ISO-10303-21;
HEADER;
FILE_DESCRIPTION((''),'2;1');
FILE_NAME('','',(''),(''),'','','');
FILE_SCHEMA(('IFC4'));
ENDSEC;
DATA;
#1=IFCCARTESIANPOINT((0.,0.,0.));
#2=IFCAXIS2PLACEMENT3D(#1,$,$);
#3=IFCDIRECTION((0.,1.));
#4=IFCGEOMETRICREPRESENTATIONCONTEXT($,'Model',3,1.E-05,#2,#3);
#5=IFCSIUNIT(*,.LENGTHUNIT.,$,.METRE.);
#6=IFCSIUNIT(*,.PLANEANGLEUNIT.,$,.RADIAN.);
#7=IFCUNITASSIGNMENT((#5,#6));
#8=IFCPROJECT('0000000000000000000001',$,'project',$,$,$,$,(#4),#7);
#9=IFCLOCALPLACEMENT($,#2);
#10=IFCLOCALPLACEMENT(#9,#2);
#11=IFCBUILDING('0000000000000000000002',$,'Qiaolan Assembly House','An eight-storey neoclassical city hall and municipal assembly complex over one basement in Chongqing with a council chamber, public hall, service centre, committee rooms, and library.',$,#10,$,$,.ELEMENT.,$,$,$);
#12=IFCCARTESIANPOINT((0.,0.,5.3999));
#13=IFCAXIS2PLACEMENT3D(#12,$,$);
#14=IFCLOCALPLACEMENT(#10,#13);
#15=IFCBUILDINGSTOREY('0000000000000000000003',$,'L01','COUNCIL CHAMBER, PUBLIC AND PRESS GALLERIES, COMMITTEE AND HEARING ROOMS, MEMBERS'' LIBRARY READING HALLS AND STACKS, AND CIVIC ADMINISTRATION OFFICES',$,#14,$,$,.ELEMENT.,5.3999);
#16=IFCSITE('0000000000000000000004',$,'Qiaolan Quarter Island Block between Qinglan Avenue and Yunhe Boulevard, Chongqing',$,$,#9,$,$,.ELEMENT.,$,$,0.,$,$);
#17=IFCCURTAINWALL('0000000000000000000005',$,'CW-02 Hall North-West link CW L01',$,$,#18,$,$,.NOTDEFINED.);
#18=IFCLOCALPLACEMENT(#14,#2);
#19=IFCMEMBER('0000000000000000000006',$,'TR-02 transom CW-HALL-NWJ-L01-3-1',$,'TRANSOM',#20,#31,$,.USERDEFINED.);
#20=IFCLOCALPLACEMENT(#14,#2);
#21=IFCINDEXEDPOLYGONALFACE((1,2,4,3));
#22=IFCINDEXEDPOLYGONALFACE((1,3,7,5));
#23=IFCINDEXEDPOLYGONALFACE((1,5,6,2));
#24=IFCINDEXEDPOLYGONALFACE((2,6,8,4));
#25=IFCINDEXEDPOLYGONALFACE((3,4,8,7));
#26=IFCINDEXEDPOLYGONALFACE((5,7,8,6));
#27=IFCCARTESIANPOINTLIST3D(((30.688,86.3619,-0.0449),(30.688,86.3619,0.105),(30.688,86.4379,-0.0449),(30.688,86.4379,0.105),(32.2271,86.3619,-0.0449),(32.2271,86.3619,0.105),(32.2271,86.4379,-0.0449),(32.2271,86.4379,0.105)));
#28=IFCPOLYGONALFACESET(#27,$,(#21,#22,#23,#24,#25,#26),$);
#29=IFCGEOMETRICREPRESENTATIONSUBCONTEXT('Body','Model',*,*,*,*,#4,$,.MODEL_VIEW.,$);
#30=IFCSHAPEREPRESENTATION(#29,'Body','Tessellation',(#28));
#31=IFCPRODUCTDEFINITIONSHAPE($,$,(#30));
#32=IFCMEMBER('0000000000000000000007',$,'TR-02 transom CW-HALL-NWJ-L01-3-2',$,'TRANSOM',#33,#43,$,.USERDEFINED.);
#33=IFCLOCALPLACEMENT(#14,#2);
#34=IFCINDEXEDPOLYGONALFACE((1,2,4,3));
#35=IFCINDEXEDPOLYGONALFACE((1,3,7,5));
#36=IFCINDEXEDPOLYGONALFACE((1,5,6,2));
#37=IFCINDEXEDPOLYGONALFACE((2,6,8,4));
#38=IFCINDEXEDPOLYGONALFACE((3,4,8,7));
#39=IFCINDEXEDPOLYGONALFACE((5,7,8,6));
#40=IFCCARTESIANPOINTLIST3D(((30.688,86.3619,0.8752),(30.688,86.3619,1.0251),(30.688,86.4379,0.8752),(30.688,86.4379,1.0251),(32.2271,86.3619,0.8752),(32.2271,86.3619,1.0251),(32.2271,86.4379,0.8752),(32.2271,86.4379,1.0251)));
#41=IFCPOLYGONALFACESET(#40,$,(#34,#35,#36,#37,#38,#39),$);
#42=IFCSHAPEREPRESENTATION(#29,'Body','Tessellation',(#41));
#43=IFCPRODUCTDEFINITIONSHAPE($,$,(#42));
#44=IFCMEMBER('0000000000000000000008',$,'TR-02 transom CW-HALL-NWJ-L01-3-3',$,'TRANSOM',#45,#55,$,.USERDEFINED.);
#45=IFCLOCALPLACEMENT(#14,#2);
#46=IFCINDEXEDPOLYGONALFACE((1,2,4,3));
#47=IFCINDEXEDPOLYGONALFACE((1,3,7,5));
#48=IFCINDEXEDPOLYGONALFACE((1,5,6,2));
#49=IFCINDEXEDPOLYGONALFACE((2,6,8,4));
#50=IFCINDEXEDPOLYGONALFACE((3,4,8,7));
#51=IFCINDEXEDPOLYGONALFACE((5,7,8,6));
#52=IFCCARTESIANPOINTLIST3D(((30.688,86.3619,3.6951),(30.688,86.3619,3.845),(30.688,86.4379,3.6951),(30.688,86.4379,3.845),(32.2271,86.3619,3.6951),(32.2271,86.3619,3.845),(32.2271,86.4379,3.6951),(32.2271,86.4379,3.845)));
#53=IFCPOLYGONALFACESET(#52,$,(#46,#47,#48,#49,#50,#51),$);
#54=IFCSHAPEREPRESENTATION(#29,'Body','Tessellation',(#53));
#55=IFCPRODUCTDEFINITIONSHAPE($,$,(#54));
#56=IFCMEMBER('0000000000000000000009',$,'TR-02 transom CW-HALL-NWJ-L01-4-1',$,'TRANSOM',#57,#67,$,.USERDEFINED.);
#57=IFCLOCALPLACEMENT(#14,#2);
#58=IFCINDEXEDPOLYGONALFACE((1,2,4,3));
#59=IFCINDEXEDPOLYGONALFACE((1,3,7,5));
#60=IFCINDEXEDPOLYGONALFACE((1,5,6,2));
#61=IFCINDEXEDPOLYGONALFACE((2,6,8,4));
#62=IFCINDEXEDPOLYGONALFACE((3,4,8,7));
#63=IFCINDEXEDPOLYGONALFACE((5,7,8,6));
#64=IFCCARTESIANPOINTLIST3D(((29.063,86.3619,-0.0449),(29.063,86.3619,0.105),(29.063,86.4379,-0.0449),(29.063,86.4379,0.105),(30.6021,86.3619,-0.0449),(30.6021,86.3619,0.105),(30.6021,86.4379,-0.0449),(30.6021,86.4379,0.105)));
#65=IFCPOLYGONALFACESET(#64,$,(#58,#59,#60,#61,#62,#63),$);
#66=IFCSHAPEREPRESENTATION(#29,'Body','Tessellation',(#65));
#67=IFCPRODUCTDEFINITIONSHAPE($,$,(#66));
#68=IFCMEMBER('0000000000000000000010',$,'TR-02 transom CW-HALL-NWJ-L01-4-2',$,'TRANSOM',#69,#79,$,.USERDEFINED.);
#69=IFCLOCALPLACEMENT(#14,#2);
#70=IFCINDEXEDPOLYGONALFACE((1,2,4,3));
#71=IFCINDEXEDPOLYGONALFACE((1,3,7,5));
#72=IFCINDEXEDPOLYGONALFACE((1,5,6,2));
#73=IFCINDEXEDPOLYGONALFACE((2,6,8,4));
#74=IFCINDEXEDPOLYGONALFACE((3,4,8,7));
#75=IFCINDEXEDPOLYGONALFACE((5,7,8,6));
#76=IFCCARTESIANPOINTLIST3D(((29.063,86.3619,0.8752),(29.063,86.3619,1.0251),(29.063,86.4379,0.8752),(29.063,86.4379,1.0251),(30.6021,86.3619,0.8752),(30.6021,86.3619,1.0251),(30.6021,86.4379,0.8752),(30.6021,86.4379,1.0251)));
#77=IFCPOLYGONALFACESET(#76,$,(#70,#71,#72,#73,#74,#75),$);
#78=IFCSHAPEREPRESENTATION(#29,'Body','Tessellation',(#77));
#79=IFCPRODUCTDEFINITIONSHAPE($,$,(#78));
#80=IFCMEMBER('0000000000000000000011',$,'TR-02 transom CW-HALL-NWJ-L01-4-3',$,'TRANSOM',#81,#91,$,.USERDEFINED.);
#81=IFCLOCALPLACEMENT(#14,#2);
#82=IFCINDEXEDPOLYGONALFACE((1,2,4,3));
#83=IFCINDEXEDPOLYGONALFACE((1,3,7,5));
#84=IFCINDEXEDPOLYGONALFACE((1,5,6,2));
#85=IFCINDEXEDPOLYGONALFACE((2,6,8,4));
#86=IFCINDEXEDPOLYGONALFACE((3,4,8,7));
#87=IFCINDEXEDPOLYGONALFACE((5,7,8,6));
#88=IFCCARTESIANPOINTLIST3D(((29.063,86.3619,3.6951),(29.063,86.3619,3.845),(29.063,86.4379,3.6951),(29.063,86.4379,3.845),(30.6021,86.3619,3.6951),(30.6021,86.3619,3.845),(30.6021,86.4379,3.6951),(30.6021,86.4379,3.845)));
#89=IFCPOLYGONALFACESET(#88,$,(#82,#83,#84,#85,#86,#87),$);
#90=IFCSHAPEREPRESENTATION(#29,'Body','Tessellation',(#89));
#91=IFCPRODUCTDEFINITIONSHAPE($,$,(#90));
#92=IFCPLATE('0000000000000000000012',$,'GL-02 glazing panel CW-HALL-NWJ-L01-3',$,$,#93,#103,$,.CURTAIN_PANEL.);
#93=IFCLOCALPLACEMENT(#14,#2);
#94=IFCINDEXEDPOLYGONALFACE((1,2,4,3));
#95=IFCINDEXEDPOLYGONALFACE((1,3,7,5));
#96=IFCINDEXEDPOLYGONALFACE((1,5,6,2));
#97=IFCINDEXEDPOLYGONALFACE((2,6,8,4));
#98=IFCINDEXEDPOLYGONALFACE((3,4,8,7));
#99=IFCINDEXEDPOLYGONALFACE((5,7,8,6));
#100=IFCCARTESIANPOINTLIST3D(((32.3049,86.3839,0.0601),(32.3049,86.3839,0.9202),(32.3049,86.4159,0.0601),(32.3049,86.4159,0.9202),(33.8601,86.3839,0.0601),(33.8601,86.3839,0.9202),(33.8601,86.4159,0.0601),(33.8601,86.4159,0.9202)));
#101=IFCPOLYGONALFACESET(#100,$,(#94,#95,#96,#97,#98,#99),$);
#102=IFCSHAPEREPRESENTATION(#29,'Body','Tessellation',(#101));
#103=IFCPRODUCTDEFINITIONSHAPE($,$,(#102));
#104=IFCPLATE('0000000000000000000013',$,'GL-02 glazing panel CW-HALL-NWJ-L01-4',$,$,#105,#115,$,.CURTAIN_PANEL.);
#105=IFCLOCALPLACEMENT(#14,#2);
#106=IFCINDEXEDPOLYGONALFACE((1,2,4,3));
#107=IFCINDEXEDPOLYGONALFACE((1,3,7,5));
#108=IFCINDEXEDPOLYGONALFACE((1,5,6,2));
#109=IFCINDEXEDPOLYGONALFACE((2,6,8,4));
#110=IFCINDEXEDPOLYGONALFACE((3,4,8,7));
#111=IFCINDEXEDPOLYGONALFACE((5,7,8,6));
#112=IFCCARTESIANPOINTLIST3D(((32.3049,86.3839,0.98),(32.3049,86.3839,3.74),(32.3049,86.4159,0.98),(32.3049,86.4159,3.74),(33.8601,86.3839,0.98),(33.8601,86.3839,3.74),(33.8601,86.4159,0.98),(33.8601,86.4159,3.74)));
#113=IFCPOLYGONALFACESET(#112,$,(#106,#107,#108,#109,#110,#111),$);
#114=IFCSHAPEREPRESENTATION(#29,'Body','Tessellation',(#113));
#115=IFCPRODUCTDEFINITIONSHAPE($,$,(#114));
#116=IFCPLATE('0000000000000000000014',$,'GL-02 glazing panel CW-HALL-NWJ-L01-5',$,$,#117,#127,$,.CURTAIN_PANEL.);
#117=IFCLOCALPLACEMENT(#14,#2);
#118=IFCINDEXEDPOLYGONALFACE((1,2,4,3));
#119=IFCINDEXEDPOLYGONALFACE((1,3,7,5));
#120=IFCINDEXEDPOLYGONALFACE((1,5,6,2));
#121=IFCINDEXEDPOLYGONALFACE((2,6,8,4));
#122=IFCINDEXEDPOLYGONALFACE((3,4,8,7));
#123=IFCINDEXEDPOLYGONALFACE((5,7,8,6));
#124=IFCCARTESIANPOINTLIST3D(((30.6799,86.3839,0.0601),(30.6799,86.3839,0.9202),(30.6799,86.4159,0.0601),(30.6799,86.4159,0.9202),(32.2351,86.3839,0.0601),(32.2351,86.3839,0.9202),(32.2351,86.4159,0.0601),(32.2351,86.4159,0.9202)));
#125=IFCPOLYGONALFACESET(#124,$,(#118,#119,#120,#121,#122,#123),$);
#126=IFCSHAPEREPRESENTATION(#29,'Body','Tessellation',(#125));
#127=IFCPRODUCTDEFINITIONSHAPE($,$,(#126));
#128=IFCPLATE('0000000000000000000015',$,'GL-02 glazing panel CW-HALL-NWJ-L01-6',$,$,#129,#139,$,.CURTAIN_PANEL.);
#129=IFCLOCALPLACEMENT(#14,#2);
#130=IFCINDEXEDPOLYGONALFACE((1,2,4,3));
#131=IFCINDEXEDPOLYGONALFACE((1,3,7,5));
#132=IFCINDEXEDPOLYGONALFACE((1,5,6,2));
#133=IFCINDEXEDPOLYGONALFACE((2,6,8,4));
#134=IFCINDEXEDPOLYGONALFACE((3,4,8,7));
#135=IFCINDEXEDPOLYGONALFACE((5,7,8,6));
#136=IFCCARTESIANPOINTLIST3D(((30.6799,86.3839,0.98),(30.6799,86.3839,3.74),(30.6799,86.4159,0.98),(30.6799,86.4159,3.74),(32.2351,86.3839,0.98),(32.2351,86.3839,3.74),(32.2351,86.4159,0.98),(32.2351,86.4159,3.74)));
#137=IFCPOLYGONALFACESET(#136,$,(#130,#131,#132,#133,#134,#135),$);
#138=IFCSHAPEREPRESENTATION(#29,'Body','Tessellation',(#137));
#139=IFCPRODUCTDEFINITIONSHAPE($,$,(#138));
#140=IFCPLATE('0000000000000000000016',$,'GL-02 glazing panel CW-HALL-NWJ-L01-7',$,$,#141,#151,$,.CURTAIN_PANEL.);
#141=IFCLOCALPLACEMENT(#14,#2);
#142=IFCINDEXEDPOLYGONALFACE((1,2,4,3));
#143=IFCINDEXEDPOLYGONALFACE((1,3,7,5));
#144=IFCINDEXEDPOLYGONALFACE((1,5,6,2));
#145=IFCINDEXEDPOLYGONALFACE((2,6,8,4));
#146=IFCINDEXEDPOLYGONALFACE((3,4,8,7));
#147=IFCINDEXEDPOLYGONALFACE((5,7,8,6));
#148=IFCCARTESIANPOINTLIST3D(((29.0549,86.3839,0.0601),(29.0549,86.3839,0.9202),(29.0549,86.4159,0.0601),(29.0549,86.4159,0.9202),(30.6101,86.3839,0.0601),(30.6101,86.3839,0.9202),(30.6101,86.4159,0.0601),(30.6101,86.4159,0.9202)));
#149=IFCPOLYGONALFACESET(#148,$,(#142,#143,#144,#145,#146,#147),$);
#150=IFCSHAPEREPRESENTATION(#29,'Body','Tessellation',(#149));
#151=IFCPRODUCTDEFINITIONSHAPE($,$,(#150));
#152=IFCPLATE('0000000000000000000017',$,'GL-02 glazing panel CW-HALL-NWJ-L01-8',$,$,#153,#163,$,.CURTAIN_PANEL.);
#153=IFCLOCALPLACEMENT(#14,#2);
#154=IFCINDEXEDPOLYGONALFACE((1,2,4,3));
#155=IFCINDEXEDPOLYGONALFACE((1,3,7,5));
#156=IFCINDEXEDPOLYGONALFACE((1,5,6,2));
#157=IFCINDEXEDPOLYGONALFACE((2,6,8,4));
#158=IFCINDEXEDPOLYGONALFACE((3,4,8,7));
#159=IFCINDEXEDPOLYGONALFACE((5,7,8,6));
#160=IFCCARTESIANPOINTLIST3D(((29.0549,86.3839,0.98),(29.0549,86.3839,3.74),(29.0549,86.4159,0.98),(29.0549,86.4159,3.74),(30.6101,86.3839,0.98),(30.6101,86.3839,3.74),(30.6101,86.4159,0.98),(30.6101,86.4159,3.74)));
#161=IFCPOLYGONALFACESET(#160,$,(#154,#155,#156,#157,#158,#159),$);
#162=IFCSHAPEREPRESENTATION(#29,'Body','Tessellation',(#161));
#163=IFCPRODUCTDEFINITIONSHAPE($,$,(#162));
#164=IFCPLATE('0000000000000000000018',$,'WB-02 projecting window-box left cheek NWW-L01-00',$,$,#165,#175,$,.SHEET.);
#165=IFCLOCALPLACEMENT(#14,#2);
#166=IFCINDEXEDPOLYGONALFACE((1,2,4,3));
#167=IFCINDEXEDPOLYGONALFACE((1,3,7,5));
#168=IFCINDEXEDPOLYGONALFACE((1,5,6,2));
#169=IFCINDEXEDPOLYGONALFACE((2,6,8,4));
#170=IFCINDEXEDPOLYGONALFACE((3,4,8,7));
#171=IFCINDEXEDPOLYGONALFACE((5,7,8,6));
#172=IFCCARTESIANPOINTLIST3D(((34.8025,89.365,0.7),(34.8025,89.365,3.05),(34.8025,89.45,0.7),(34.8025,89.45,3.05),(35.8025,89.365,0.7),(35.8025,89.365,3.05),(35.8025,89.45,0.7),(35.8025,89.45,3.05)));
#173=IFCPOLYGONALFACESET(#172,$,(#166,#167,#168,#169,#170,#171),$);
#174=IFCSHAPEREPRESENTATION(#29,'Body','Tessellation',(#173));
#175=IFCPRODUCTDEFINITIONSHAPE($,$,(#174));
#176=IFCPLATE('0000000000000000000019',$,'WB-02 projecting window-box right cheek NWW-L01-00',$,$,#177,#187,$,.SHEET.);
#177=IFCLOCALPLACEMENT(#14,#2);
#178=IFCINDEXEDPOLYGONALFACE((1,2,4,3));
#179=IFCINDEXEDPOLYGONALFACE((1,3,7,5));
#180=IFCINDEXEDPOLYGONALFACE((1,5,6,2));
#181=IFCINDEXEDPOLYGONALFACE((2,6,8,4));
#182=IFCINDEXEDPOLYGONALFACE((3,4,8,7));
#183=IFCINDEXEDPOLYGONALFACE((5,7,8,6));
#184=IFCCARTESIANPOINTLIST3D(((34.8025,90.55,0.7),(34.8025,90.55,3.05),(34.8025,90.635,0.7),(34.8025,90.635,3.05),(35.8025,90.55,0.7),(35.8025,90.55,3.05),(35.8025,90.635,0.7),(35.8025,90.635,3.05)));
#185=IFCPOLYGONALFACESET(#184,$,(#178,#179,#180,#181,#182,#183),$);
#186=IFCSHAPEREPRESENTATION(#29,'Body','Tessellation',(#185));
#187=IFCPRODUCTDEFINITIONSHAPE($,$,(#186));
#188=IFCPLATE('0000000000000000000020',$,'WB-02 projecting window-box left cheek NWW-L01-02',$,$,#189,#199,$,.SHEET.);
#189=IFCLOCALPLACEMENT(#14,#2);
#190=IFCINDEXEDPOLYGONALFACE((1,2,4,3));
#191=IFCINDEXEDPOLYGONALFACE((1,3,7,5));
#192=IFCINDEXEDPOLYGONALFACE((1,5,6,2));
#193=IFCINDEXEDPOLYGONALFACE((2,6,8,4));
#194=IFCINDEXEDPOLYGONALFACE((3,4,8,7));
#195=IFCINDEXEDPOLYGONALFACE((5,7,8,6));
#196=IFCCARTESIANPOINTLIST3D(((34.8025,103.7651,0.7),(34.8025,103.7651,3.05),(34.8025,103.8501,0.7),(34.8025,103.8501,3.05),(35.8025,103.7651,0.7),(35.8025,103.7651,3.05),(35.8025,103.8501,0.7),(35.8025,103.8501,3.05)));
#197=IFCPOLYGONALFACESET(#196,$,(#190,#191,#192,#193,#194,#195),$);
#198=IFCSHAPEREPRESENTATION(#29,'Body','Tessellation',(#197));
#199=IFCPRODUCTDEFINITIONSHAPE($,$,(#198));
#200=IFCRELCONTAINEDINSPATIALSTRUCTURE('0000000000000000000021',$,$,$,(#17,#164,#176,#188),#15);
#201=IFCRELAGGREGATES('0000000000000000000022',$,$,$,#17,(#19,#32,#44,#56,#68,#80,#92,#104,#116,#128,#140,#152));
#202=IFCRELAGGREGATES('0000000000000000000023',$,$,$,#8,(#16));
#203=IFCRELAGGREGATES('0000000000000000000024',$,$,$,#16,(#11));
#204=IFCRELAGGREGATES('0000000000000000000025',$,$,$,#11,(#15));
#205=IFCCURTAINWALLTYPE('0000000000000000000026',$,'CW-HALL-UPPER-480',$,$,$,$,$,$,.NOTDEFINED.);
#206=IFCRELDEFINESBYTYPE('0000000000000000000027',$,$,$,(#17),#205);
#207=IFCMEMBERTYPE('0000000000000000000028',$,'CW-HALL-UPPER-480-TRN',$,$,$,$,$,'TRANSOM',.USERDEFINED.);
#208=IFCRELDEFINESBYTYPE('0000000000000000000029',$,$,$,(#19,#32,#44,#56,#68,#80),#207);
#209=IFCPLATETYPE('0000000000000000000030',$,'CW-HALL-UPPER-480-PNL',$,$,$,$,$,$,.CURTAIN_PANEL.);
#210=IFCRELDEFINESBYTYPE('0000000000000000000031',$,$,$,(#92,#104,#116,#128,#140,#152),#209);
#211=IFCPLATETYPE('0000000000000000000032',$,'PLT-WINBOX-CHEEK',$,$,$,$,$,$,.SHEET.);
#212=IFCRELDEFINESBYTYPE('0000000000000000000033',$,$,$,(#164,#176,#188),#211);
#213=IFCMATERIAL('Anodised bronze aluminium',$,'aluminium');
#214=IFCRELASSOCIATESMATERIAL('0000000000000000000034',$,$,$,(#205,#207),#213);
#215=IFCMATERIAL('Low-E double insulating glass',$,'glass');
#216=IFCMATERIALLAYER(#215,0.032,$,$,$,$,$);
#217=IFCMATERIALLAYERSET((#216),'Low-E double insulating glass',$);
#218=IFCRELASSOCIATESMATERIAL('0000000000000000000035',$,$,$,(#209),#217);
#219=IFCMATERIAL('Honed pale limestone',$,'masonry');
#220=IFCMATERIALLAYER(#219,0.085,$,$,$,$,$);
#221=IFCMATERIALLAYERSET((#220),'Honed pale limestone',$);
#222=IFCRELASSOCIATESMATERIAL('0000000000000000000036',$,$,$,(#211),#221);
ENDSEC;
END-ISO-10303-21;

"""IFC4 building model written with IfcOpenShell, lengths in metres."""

from ifc_helpers import new_model, si_unit, direction, frame, frame_2d, origin, origin_2d, place, context, subcontext, project, spatial, rectangle, extrude, material, layer, layer_set, material_profile, profile_set, type_object, element, aggregate, save


model = new_model("IFC4")

# Units and contexts
model_context = context("Model", 3, precision=1e-05, world=origin(), true_north=direction((0.0, 1.0)))
body_context = subcontext(model_context, "Body", "Model", "MODEL_VIEW")
ifc_project = project(units=[si_unit("LENGTHUNIT", "METRE"), si_unit("PLANEANGLEUNIT", "RADIAN")], contexts=[model_context])

# Site, building, storey
site_placement = place(None, origin())
site = spatial("IfcSite", under=ifc_project, at=site_placement, Name="Qiaolan Quarter Island Block between Qinglan Avenue and Yunhe Boulevard, Chongqing", CompositionType="ELEMENT", RefElevation=0.0)
building_placement = place(site_placement, origin())
building = spatial("IfcBuilding", under=site, at=building_placement, Name="Qiaolan Assembly House", Description="An eight-storey neoclassical city hall and municipal assembly complex over one basement in Chongqing with a council chamber, public hall, service centre, committee rooms, and library.", CompositionType="ELEMENT")
storey_placement = place(building_placement, frame((0.0, 0.0, 5.3999)))
storey = spatial("IfcBuildingStorey", under=building, at=storey_placement, Name="L01", Description="COUNCIL CHAMBER, PUBLIC AND PRESS GALLERIES, COMMITTEE AND HEARING ROOMS, MEMBERS' LIBRARY READING HALLS AND STACKS, AND CIVIC ADMINISTRATION OFFICES", CompositionType="ELEMENT", Elevation=5.3999)

# Curtain wall, members, plates
ifc_material_1 = material(Name="Anodised bronze aluminium", Category="aluminium")
curtain_wall_type = type_object("IfcCurtainWallType", Name="CW-HALL-UPPER-480", PredefinedType="NOTDEFINED", material=ifc_material_1)
curtain_wall_placement = place(storey_placement, origin())
curtain_wall = element("IfcCurtainWall", 1, at=curtain_wall_placement, inside=storey, type_object=curtain_wall_type, Name="CW-02 Hall North-West link CW L01", PredefinedType="NOTDEFINED")
ifc_material_profile_1 = material_profile(ifc_material_1, rectangle(XDim=0.0759, YDim=0.1499, at=origin_2d()), Name="TRN 76x150")
ifc_profile_set_1 = profile_set([ifc_material_profile_1], Name="Anodised bronze aluminium")
member_type_1 = type_object("IfcMemberType", Name="CW-HALL-UPPER-480-TRN", ElementType="TRANSOM", PredefinedType="USERDEFINED", material=ifc_profile_set_1)
member_1_placement = place(storey_placement, frame((32.2271, 86.3999, 0.03), z_axis=(-1.0, 0.0, 0.0), x_axis=(0.0, -1.0, 0.0)))
member_1 = element("IfcMember", 2, at=member_1_placement, type_object=member_type_1, Name="TR-02 transom CW-HALL-NWJ-L01-3-1", ObjectType="TRANSOM", PredefinedType="USERDEFINED", context=body_context, shape_type="SweptSolid", body=[
    extrude(rectangle(XDim=0.0759, YDim=0.1499, at=origin_2d()), origin(), (0.0, 0.0, 1.0), 1.5391),
])
member_2_placement = place(storey_placement, frame((32.2271, 86.3999, 0.9502), z_axis=(-1.0, 0.0, 0.0), x_axis=(0.0, -1.0, 0.0)))
member_2 = element("IfcMember", 3, at=member_2_placement, type_object=member_type_1, Name="TR-02 transom CW-HALL-NWJ-L01-3-2", ObjectType="TRANSOM", PredefinedType="USERDEFINED", context=body_context, shape_type="SweptSolid", body=[
    extrude(rectangle(XDim=0.0759, YDim=0.1499, at=origin_2d()), origin(), (0.0, 0.0, 1.0), 1.5391),
])
member_3_placement = place(storey_placement, frame((32.2271, 86.3999, 3.77), z_axis=(-1.0, 0.0, 0.0), x_axis=(0.0, -1.0, 0.0)))
member_3 = element("IfcMember", 4, at=member_3_placement, type_object=member_type_1, Name="TR-02 transom CW-HALL-NWJ-L01-3-3", ObjectType="TRANSOM", PredefinedType="USERDEFINED", context=body_context, shape_type="SweptSolid", body=[
    extrude(rectangle(XDim=0.0759, YDim=0.1499, at=origin_2d()), origin(), (0.0, 0.0, 1.0), 1.5391),
])
member_4_placement = place(storey_placement, frame((30.6021, 86.3999, 0.03), z_axis=(-1.0, 0.0, 0.0), x_axis=(0.0, -1.0, 0.0)))
member_4 = element("IfcMember", 5, at=member_4_placement, type_object=member_type_1, Name="TR-02 transom CW-HALL-NWJ-L01-4-1", ObjectType="TRANSOM", PredefinedType="USERDEFINED", context=body_context, shape_type="SweptSolid", body=[
    extrude(rectangle(XDim=0.0759, YDim=0.1499, at=origin_2d()), origin(), (0.0, 0.0, 1.0), 1.5391),
])
member_5_placement = place(storey_placement, frame((30.6021, 86.3999, 0.9502), z_axis=(-1.0, 0.0, 0.0), x_axis=(0.0, -1.0, 0.0)))
member_5 = element("IfcMember", 6, at=member_5_placement, type_object=member_type_1, Name="TR-02 transom CW-HALL-NWJ-L01-4-2", ObjectType="TRANSOM", PredefinedType="USERDEFINED", context=body_context, shape_type="SweptSolid", body=[
    extrude(rectangle(XDim=0.0759, YDim=0.1499, at=origin_2d()), origin(), (0.0, 0.0, 1.0), 1.5391),
])
member_6_placement = place(storey_placement, frame((30.6021, 86.3999, 3.77), z_axis=(-1.0, 0.0, 0.0), x_axis=(0.0, -1.0, 0.0)))
member_6 = element("IfcMember", 7, at=member_6_placement, type_object=member_type_1, Name="TR-02 transom CW-HALL-NWJ-L01-4-3", ObjectType="TRANSOM", PredefinedType="USERDEFINED", context=body_context, shape_type="SweptSolid", body=[
    extrude(rectangle(XDim=0.0759, YDim=0.1499, at=origin_2d()), origin(), (0.0, 0.0, 1.0), 1.5391),
])
ifc_material_2 = material(Name="Low-E double insulating glass", Category="glass")
ifc_layer_1 = layer(ifc_material_2, 0.032)
ifc_layer_set_1 = layer_set([ifc_layer_1], Name="Low-E double insulating glass")
plate_type_1 = type_object("IfcPlateType", Name="CW-HALL-UPPER-480-PNL", PredefinedType="CURTAIN_PANEL", material=ifc_layer_set_1)
plate_1_placement = place(storey_placement, frame((33.8601, 86.3999, 0.0601), z_axis=(0.0, 0.0, 1.0), x_axis=(-1.0, 0.0, 0.0)))
plate_1 = element("IfcPlate", 8, at=plate_1_placement, type_object=plate_type_1, Name="GL-02 glazing panel CW-HALL-NWJ-L01-3", PredefinedType="CURTAIN_PANEL", context=body_context, shape_type="SweptSolid", body=[
    extrude(rectangle(XDim=1.5552, YDim=0.032, at=frame_2d((0.7776, 0.0))), origin(), (0.0, 0.0, 1.0), 0.8601),
])
plate_2_placement = place(storey_placement, frame((33.8601, 86.3999, 0.98), z_axis=(0.0, 0.0, 1.0), x_axis=(-1.0, 0.0, 0.0)))
plate_2 = element("IfcPlate", 9, at=plate_2_placement, type_object=plate_type_1, Name="GL-02 glazing panel CW-HALL-NWJ-L01-4", PredefinedType="CURTAIN_PANEL", context=body_context, shape_type="SweptSolid", body=[
    extrude(rectangle(XDim=1.5552, YDim=0.032, at=frame_2d((0.7776, 0.0))), origin(), (0.0, 0.0, 1.0), 2.76),
])
plate_3_placement = place(storey_placement, frame((32.2351, 86.3999, 0.0601), z_axis=(0.0, 0.0, 1.0), x_axis=(-1.0, 0.0, 0.0)))
plate_3 = element("IfcPlate", 10, at=plate_3_placement, type_object=plate_type_1, Name="GL-02 glazing panel CW-HALL-NWJ-L01-5", PredefinedType="CURTAIN_PANEL", context=body_context, shape_type="SweptSolid", body=[
    extrude(rectangle(XDim=1.5552, YDim=0.032, at=frame_2d((0.7776, 0.0))), origin(), (0.0, 0.0, 1.0), 0.8601),
])
plate_4_placement = place(storey_placement, frame((32.2351, 86.3999, 0.98), z_axis=(0.0, 0.0, 1.0), x_axis=(-1.0, 0.0, 0.0)))
plate_4 = element("IfcPlate", 11, at=plate_4_placement, type_object=plate_type_1, Name="GL-02 glazing panel CW-HALL-NWJ-L01-6", PredefinedType="CURTAIN_PANEL", context=body_context, shape_type="SweptSolid", body=[
    extrude(rectangle(XDim=1.5552, YDim=0.032, at=frame_2d((0.7776, 0.0))), origin(), (0.0, 0.0, 1.0), 2.76),
])
plate_5_placement = place(storey_placement, frame((30.6101, 86.3999, 0.0601), z_axis=(0.0, 0.0, 1.0), x_axis=(-1.0, 0.0, 0.0)))
plate_5 = element("IfcPlate", 12, at=plate_5_placement, type_object=plate_type_1, Name="GL-02 glazing panel CW-HALL-NWJ-L01-7", PredefinedType="CURTAIN_PANEL", context=body_context, shape_type="SweptSolid", body=[
    extrude(rectangle(XDim=1.5552, YDim=0.032, at=frame_2d((0.7776, 0.0))), origin(), (0.0, 0.0, 1.0), 0.8601),
])
plate_6_placement = place(storey_placement, frame((30.6101, 86.3999, 0.98), z_axis=(0.0, 0.0, 1.0), x_axis=(-1.0, 0.0, 0.0)))
plate_6 = element("IfcPlate", 13, at=plate_6_placement, type_object=plate_type_1, Name="GL-02 glazing panel CW-HALL-NWJ-L01-8", PredefinedType="CURTAIN_PANEL", context=body_context, shape_type="SweptSolid", body=[
    extrude(rectangle(XDim=1.5552, YDim=0.032, at=frame_2d((0.7776, 0.0))), origin(), (0.0, 0.0, 1.0), 2.76),
])
aggregate(curtain_wall, [member_1, member_2, member_3, member_4, member_5, member_6, plate_1, plate_2, plate_3, plate_4, plate_5, plate_6])

# Plates
ifc_material_3 = material(Name="Honed pale limestone", Category="masonry")
ifc_layer_2 = layer(ifc_material_3, 0.085)
ifc_layer_set_2 = layer_set([ifc_layer_2], Name="Honed pale limestone")
plate_type_2 = type_object("IfcPlateType", Name="PLT-WINBOX-CHEEK", PredefinedType="SHEET", material=ifc_layer_set_2)
for number, where, z_axis, x_axis, name in (
    (14, (35.3025, 89.4075, 0.7), (0.0, 0.0, 1.0), (1.0, 0.0, 0.0), "WB-02 projecting window-box left cheek NWW-L01-00"),
    (15, (35.3025, 90.5925, 0.7), (0.0, 0.0, 1.0), (1.0, 0.0, 0.0), "WB-02 projecting window-box right cheek NWW-L01-00"),
    (16, (35.3025, 103.8076, 0.7), (0.0, 0.0, 1.0), (1.0, 0.0, 0.0), "WB-02 projecting window-box left cheek NWW-L01-02"),
):
    element("IfcPlate", number, at=place(storey_placement, frame(where, z_axis=z_axis, x_axis=x_axis)), inside=storey, type_object=plate_type_2, Name=name, PredefinedType="SHEET", context=body_context, shape_type="SweptSolid", body=[
        extrude(rectangle(XDim=1.0, YDim=0.085, at=origin_2d()), origin(), (0.0, 0.0, 1.0), 2.3501),
    ])

save(model, "model.ifc")
